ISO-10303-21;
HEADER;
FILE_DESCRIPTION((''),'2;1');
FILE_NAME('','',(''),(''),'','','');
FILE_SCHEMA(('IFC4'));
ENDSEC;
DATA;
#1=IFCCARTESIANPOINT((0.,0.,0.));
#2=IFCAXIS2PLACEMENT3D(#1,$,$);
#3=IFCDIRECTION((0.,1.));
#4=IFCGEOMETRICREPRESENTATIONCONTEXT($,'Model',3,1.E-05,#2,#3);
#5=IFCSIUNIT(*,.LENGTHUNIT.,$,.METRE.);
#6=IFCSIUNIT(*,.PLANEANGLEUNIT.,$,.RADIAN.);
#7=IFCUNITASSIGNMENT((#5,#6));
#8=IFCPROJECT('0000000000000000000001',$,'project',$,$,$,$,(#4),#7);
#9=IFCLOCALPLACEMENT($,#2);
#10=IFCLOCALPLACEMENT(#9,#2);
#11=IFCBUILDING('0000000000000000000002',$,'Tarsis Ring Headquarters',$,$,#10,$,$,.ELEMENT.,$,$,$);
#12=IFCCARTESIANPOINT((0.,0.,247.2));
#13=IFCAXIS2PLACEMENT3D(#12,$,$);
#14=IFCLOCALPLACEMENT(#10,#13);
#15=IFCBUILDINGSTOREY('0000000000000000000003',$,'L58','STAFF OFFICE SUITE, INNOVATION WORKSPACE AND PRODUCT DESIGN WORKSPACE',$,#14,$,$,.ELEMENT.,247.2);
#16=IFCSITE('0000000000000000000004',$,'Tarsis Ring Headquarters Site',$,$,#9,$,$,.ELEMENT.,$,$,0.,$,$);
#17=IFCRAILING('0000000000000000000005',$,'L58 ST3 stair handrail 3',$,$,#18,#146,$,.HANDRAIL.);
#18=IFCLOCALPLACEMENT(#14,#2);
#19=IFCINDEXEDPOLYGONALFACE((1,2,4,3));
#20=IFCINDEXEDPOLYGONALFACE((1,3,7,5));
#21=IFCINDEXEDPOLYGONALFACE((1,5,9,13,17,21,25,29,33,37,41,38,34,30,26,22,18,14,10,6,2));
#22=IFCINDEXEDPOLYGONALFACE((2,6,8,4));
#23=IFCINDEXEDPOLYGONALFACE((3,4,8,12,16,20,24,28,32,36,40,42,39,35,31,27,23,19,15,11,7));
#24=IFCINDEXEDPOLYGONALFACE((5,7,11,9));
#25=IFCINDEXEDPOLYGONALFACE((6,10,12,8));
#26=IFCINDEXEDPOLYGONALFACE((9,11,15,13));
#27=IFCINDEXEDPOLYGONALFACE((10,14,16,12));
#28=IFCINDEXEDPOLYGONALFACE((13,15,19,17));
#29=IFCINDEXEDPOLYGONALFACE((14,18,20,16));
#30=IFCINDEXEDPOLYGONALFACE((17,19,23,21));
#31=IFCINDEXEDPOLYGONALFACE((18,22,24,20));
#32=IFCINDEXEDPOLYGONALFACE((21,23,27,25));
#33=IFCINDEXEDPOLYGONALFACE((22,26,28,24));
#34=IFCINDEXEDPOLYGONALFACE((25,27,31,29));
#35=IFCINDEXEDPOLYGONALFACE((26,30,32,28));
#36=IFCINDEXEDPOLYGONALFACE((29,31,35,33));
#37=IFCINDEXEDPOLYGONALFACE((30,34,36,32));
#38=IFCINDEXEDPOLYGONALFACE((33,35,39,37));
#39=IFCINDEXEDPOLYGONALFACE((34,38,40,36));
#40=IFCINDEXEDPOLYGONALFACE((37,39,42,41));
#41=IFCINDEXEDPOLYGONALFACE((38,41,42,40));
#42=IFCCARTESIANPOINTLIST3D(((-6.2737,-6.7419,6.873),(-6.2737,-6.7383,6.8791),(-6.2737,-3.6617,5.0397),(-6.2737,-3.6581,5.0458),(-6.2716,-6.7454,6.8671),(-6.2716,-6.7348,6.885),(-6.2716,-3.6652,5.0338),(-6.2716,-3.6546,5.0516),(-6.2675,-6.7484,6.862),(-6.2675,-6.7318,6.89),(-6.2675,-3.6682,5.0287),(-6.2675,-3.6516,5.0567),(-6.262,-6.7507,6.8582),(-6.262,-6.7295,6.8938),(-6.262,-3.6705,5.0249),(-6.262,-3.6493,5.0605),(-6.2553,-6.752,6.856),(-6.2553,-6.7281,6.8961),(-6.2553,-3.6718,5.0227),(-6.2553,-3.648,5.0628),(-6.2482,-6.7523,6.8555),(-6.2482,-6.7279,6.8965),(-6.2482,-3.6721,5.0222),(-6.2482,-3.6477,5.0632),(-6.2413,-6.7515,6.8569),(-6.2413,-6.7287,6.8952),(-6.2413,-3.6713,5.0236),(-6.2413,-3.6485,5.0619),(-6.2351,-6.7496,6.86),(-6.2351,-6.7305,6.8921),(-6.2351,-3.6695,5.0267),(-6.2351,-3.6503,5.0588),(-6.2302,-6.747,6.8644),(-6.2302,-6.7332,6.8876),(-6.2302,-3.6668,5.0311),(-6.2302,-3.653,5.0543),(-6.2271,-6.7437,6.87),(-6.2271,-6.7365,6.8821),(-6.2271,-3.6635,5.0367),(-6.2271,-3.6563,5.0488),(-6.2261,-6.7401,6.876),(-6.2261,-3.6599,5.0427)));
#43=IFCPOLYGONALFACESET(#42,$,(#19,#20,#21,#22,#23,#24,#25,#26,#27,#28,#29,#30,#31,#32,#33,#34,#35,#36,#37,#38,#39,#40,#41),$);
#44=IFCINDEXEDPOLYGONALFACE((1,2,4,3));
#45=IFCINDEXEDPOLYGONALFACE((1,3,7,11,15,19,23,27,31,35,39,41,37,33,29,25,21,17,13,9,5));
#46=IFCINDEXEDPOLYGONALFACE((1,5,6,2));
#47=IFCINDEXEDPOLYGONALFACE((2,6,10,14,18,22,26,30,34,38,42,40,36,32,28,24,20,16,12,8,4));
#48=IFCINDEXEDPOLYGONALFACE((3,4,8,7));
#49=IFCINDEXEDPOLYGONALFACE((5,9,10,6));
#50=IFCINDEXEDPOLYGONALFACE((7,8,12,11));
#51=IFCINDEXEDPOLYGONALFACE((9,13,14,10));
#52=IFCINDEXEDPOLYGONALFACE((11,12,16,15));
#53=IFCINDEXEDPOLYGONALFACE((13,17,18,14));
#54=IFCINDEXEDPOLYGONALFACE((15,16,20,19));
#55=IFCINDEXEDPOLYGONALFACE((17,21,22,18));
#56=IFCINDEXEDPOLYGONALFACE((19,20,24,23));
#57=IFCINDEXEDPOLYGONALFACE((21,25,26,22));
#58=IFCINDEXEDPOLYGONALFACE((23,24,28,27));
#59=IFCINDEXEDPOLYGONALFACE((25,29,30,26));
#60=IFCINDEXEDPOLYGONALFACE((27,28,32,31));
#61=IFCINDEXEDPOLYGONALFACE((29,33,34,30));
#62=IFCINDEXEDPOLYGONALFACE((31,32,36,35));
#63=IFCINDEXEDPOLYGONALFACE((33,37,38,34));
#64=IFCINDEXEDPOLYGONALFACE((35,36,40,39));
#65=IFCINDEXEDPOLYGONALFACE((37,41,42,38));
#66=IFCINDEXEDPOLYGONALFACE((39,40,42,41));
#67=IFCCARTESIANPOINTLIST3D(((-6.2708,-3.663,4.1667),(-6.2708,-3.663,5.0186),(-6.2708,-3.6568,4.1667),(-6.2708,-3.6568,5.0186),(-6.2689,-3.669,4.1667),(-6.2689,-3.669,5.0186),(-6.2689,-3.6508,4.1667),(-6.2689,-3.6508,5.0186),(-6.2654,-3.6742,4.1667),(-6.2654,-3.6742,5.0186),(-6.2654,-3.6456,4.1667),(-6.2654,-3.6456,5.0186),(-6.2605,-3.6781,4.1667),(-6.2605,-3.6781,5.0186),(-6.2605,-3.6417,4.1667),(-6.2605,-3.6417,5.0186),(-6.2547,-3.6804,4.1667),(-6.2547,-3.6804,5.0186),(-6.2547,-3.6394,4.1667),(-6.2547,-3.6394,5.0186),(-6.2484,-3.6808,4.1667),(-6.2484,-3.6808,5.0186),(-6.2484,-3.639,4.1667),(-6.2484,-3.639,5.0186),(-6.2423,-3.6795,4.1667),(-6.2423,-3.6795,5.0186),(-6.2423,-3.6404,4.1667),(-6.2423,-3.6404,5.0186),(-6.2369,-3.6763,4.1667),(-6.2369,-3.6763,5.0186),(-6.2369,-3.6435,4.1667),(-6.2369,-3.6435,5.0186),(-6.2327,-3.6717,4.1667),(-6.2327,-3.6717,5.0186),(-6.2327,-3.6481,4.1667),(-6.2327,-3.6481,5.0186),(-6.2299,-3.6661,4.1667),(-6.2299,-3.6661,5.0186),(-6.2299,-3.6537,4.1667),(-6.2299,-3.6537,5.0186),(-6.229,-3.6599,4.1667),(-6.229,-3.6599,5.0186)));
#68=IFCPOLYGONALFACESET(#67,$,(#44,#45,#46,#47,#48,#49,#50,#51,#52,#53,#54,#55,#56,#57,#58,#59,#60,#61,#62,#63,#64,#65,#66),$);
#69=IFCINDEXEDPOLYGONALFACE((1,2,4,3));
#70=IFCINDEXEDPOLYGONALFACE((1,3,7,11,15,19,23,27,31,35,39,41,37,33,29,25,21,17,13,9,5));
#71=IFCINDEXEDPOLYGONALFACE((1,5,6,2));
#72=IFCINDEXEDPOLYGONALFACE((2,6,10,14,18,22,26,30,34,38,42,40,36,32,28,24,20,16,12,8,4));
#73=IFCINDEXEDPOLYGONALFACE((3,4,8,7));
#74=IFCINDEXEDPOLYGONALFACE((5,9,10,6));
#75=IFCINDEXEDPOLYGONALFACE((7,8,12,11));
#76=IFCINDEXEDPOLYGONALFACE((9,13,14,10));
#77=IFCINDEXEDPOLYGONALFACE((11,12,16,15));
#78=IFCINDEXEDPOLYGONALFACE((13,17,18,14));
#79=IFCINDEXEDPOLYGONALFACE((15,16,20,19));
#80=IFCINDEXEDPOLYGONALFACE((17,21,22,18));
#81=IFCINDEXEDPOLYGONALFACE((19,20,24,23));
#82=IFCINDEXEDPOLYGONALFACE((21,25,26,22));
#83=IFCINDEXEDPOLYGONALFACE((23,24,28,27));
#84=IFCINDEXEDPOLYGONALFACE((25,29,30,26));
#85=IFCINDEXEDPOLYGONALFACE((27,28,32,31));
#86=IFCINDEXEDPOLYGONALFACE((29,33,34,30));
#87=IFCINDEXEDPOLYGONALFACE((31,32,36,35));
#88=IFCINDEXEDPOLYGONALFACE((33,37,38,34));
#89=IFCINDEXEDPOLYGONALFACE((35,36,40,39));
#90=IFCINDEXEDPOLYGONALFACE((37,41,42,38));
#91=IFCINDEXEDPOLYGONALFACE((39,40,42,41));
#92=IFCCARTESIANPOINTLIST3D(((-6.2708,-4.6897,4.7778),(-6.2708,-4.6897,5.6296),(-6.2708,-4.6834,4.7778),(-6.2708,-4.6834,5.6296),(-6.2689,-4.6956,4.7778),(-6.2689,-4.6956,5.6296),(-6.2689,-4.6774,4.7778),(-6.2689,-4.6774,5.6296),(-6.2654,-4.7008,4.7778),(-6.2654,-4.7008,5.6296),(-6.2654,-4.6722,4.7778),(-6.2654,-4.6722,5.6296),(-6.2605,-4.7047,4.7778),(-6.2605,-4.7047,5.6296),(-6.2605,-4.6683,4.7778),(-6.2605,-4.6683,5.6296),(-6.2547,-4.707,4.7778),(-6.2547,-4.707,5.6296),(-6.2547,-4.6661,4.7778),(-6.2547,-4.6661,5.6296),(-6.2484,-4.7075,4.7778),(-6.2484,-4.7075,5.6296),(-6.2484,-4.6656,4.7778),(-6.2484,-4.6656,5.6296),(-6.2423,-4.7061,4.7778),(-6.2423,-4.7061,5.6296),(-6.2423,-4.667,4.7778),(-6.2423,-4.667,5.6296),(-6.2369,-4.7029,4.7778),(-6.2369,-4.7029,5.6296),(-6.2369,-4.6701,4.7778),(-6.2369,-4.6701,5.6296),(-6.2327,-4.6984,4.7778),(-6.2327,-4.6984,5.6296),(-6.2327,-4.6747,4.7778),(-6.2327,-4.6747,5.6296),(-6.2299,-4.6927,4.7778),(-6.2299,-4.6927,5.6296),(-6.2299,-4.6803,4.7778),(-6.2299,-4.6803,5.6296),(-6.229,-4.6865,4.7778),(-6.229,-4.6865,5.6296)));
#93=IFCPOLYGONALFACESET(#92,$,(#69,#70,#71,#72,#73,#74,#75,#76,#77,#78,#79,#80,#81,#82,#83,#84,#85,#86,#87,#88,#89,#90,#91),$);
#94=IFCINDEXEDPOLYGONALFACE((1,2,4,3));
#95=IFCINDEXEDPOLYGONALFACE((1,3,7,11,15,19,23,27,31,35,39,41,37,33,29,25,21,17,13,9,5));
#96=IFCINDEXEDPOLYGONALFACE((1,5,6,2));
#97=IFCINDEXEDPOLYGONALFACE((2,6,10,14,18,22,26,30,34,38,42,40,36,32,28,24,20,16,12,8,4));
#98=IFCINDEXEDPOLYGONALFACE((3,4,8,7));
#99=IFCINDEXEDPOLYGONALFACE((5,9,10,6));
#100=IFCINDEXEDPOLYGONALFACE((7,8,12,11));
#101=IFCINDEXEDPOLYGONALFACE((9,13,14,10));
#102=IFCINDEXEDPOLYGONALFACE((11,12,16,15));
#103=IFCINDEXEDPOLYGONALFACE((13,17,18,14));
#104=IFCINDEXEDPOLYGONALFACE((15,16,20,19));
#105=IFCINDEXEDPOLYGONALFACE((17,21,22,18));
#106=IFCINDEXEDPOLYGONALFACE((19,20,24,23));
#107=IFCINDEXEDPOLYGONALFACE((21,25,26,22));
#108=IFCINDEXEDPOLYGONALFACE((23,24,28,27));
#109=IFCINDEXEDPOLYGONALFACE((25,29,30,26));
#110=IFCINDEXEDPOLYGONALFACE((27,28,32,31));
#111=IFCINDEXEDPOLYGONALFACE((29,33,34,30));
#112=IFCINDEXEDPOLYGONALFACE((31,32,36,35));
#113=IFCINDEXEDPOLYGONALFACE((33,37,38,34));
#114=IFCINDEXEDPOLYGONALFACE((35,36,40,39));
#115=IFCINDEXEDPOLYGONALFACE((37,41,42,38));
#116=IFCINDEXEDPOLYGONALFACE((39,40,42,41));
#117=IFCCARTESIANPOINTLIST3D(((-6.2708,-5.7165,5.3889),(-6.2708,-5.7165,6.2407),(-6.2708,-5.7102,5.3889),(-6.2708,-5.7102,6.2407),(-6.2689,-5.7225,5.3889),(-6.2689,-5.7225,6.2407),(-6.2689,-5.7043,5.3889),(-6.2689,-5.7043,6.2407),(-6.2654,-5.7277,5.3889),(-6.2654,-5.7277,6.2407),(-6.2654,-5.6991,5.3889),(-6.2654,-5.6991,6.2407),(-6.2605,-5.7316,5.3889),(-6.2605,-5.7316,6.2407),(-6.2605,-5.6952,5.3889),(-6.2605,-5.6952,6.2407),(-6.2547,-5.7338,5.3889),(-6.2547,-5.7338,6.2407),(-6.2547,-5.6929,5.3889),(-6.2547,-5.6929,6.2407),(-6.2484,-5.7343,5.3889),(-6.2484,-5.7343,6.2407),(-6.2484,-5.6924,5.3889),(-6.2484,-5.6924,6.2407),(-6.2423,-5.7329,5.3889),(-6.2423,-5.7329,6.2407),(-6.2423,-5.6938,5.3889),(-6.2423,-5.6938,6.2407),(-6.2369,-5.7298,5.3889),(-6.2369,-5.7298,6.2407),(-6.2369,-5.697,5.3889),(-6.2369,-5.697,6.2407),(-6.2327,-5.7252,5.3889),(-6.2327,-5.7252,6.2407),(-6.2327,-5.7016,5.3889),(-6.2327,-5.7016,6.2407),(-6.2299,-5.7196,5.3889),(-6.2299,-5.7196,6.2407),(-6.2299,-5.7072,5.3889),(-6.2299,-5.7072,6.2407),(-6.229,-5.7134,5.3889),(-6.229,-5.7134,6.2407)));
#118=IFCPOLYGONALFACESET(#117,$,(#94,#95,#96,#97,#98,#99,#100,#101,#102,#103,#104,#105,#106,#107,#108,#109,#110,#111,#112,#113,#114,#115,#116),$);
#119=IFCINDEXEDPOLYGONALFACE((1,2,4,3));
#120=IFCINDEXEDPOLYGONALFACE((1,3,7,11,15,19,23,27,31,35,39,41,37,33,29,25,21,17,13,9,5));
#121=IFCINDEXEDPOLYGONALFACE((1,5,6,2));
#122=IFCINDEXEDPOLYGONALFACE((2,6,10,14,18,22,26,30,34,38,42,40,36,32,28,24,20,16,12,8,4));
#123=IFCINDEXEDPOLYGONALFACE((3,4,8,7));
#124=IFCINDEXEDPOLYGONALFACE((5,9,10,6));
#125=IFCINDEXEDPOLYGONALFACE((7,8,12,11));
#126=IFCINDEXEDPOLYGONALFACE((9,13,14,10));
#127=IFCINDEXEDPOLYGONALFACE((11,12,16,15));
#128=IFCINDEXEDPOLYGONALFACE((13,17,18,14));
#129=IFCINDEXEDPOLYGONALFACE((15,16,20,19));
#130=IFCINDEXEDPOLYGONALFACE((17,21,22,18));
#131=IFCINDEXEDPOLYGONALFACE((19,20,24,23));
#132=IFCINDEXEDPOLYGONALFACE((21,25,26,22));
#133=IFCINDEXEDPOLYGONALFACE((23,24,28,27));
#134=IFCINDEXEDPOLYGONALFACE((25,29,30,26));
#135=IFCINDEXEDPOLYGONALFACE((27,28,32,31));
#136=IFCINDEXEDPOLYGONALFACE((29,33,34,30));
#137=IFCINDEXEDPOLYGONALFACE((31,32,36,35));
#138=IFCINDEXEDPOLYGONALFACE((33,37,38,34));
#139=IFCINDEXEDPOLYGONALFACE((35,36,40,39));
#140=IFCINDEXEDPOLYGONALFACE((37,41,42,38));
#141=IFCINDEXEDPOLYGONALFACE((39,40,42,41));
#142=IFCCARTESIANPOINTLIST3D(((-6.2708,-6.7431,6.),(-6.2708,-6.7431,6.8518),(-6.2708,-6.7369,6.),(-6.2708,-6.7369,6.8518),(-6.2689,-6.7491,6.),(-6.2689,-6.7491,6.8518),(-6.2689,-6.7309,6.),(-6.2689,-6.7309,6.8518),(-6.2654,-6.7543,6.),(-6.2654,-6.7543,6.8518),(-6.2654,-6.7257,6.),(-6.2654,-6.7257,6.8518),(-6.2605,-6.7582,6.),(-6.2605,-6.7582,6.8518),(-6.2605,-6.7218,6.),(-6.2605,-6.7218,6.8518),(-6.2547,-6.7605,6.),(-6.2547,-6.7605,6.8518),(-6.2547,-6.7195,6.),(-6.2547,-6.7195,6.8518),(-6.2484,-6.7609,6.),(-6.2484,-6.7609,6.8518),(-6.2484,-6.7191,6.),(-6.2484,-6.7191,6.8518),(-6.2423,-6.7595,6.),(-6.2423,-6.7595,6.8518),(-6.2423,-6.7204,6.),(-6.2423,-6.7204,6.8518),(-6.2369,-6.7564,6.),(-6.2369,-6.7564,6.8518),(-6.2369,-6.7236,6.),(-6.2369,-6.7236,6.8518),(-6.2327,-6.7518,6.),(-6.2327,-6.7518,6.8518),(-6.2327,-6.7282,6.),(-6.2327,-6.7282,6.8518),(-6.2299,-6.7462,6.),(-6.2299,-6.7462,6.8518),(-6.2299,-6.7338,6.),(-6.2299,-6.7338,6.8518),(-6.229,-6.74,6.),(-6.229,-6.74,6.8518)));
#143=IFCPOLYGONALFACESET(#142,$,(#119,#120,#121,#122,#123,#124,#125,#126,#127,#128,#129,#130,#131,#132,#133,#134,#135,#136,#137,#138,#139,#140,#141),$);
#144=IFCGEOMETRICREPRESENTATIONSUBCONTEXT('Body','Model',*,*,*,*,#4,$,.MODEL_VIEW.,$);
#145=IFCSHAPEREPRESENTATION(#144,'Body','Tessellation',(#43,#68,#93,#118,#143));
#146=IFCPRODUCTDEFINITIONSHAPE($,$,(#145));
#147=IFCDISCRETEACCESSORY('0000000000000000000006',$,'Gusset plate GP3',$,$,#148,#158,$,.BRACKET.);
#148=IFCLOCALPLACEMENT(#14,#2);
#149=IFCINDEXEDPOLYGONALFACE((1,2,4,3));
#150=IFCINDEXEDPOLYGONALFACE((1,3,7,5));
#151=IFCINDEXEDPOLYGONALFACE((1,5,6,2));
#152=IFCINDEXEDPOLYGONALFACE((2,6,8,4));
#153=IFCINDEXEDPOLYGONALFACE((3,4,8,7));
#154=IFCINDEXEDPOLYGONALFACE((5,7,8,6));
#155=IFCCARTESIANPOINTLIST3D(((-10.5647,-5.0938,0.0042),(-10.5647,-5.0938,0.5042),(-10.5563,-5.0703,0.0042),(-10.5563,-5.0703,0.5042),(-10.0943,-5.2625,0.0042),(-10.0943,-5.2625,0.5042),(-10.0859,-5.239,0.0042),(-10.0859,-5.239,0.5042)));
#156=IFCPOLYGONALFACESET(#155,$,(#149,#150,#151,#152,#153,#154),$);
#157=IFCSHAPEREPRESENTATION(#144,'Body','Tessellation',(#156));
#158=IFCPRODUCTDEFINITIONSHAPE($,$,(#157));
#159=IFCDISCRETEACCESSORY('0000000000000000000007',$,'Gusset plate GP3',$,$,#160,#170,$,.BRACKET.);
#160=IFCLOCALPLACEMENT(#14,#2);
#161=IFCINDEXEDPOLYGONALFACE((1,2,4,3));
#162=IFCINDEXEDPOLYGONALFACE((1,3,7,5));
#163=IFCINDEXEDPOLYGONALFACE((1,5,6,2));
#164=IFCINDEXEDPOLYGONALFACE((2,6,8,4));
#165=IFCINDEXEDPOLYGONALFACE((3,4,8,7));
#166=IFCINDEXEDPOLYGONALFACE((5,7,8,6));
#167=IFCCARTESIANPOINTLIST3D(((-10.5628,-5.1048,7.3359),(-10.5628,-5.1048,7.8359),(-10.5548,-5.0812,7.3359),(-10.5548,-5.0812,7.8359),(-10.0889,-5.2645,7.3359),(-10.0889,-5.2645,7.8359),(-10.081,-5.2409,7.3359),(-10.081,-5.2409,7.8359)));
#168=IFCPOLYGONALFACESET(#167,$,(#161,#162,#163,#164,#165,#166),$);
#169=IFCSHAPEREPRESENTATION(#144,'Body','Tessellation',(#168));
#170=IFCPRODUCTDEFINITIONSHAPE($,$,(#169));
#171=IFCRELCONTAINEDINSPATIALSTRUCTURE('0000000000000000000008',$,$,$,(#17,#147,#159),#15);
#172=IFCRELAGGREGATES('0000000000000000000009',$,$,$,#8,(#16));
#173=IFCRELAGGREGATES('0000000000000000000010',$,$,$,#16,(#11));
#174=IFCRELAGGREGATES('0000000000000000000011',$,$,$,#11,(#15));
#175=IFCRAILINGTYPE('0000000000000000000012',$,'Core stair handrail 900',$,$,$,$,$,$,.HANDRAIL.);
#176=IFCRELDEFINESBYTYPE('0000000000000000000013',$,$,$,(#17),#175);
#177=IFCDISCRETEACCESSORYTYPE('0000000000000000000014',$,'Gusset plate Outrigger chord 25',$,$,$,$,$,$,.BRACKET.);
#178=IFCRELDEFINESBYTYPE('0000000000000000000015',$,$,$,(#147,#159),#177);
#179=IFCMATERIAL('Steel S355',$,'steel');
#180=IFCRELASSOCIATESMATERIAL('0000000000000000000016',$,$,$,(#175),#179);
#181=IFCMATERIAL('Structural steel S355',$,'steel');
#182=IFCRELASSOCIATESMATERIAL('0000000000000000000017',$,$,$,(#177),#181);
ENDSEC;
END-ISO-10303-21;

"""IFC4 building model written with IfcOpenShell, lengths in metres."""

from ifc_helpers import new_model, si_unit, direction, frame, origin, origin_2d, place, context, subcontext, project, spatial, rectangle, circle, extrude, material, material_profile, profile_set, type_object, element, save


model = new_model("IFC4")

# Units and contexts
model_context = context("Model", 3, precision=1e-05, world=origin(), true_north=direction((0.0, 1.0)))
body_context = subcontext(model_context, "Body", "Model", "MODEL_VIEW")
ifc_project = project(units=[si_unit("LENGTHUNIT", "METRE"), si_unit("PLANEANGLEUNIT", "RADIAN")], contexts=[model_context])

# Site, building, storey
site_placement = place(None, origin())
site = spatial("IfcSite", under=ifc_project, at=site_placement, Name="Tarsis Ring Headquarters Site", CompositionType="ELEMENT", RefElevation=0.0)
building_placement = place(site_placement, origin())
building = spatial("IfcBuilding", under=site, at=building_placement, Name="Tarsis Ring Headquarters", CompositionType="ELEMENT")
storey_placement = place(building_placement, frame((0.0, 0.0, 247.2)))
storey = spatial("IfcBuildingStorey", under=building, at=storey_placement, Name="L58", Description="STAFF OFFICE SUITE, INNOVATION WORKSPACE AND PRODUCT DESIGN WORKSPACE", CompositionType="ELEMENT", Elevation=247.2)

# Shared definitions
ifc_material_1 = material(Name="Structural steel S355", Category="steel")

# Railing
ifc_material_2 = material(Name="Steel S355", Category="steel")
railing_type_1 = type_object("IfcRailingType", Name="Core stair handrail 900", PredefinedType="HANDRAIL", material=ifc_material_2)
for number, where, name in (
    (1, (-6.25, -3.6599, 4.1667), "L58 ST3 stair handrail 3"),
):
    element("IfcRailing", number, at=place(storey_placement, frame(where)), inside=storey, type_object=railing_type_1, Name=name, PredefinedType="HANDRAIL", context=body_context, shape_type="SweptSolid", body=[
        extrude(circle(Radius=0.0239, at=origin_2d()), frame((0.0, 0.0, 0.876), z_axis=(0.0, -0.859309, 0.511458), x_axis=(1.0, 0.0, 0.0)), (0.0, 0.0, 1.0), 3.5845),
        extrude(circle(Radius=0.021, at=origin_2d()), origin(), (0.0, 0.0, 1.0), 0.8518),
        extrude(circle(Radius=0.021, at=origin_2d()), frame((0.0, -1.0266, 0.6111)), (0.0, 0.0, 1.0), 0.8518),
        extrude(circle(Radius=0.021, at=origin_2d()), frame((0.0, -2.0535, 1.2222)), (0.0, 0.0, 1.0), 0.8518),
        extrude(circle(Radius=0.021, at=origin_2d()), frame((0.0, -3.0801, 1.8333)), (0.0, 0.0, 1.0), 0.8518),
    ])

# Discrete accessories
ifc_material_profile_1 = material_profile(ifc_material_1, rectangle(XDim=0.0249, YDim=0.5, at=origin_2d()), Name="PL 25x500")
ifc_profile_set_1 = profile_set([ifc_material_profile_1], Name="Structural steel S355")
discrete_accessory_type = type_object("IfcDiscreteAccessoryType", Name="Gusset plate Outrigger chord 25", PredefinedType="BRACKET", material=ifc_profile_set_1)
discrete_accessory_1_placement = place(storey_placement, frame((-10.0901, -5.2507, 0.2542), z_axis=(-0.94131, 0.337543, 0.0), x_axis=(-0.337543, -0.94131, 0.0)))
element("IfcDiscreteAccessory", 2, at=discrete_accessory_1_placement, inside=storey, type_object=discrete_accessory_type, Name="Gusset plate GP3", PredefinedType="BRACKET", context=body_context, shape_type="SweptSolid", body=[
    extrude(rectangle(XDim=0.0249, YDim=0.5, at=origin_2d()), origin(), (0.0, 0.0, 1.0), 0.4998),
])
discrete_accessory_2_placement = place(storey_placement, frame((-10.085, -5.2527, 7.5859), z_axis=(-0.947653, 0.319302, 0.0), x_axis=(-0.319302, -0.947653, 0.0)))
element("IfcDiscreteAccessory", 3, at=discrete_accessory_2_placement, inside=storey, type_object=discrete_accessory_type, Name="Gusset plate GP3", PredefinedType="BRACKET", context=body_context, shape_type="SweptSolid", body=[
    extrude(rectangle(XDim=0.0249, YDim=0.5, at=origin_2d()), origin(), (0.0, 0.0, 1.0), 0.5),
])

save(model, "model.ifc")
